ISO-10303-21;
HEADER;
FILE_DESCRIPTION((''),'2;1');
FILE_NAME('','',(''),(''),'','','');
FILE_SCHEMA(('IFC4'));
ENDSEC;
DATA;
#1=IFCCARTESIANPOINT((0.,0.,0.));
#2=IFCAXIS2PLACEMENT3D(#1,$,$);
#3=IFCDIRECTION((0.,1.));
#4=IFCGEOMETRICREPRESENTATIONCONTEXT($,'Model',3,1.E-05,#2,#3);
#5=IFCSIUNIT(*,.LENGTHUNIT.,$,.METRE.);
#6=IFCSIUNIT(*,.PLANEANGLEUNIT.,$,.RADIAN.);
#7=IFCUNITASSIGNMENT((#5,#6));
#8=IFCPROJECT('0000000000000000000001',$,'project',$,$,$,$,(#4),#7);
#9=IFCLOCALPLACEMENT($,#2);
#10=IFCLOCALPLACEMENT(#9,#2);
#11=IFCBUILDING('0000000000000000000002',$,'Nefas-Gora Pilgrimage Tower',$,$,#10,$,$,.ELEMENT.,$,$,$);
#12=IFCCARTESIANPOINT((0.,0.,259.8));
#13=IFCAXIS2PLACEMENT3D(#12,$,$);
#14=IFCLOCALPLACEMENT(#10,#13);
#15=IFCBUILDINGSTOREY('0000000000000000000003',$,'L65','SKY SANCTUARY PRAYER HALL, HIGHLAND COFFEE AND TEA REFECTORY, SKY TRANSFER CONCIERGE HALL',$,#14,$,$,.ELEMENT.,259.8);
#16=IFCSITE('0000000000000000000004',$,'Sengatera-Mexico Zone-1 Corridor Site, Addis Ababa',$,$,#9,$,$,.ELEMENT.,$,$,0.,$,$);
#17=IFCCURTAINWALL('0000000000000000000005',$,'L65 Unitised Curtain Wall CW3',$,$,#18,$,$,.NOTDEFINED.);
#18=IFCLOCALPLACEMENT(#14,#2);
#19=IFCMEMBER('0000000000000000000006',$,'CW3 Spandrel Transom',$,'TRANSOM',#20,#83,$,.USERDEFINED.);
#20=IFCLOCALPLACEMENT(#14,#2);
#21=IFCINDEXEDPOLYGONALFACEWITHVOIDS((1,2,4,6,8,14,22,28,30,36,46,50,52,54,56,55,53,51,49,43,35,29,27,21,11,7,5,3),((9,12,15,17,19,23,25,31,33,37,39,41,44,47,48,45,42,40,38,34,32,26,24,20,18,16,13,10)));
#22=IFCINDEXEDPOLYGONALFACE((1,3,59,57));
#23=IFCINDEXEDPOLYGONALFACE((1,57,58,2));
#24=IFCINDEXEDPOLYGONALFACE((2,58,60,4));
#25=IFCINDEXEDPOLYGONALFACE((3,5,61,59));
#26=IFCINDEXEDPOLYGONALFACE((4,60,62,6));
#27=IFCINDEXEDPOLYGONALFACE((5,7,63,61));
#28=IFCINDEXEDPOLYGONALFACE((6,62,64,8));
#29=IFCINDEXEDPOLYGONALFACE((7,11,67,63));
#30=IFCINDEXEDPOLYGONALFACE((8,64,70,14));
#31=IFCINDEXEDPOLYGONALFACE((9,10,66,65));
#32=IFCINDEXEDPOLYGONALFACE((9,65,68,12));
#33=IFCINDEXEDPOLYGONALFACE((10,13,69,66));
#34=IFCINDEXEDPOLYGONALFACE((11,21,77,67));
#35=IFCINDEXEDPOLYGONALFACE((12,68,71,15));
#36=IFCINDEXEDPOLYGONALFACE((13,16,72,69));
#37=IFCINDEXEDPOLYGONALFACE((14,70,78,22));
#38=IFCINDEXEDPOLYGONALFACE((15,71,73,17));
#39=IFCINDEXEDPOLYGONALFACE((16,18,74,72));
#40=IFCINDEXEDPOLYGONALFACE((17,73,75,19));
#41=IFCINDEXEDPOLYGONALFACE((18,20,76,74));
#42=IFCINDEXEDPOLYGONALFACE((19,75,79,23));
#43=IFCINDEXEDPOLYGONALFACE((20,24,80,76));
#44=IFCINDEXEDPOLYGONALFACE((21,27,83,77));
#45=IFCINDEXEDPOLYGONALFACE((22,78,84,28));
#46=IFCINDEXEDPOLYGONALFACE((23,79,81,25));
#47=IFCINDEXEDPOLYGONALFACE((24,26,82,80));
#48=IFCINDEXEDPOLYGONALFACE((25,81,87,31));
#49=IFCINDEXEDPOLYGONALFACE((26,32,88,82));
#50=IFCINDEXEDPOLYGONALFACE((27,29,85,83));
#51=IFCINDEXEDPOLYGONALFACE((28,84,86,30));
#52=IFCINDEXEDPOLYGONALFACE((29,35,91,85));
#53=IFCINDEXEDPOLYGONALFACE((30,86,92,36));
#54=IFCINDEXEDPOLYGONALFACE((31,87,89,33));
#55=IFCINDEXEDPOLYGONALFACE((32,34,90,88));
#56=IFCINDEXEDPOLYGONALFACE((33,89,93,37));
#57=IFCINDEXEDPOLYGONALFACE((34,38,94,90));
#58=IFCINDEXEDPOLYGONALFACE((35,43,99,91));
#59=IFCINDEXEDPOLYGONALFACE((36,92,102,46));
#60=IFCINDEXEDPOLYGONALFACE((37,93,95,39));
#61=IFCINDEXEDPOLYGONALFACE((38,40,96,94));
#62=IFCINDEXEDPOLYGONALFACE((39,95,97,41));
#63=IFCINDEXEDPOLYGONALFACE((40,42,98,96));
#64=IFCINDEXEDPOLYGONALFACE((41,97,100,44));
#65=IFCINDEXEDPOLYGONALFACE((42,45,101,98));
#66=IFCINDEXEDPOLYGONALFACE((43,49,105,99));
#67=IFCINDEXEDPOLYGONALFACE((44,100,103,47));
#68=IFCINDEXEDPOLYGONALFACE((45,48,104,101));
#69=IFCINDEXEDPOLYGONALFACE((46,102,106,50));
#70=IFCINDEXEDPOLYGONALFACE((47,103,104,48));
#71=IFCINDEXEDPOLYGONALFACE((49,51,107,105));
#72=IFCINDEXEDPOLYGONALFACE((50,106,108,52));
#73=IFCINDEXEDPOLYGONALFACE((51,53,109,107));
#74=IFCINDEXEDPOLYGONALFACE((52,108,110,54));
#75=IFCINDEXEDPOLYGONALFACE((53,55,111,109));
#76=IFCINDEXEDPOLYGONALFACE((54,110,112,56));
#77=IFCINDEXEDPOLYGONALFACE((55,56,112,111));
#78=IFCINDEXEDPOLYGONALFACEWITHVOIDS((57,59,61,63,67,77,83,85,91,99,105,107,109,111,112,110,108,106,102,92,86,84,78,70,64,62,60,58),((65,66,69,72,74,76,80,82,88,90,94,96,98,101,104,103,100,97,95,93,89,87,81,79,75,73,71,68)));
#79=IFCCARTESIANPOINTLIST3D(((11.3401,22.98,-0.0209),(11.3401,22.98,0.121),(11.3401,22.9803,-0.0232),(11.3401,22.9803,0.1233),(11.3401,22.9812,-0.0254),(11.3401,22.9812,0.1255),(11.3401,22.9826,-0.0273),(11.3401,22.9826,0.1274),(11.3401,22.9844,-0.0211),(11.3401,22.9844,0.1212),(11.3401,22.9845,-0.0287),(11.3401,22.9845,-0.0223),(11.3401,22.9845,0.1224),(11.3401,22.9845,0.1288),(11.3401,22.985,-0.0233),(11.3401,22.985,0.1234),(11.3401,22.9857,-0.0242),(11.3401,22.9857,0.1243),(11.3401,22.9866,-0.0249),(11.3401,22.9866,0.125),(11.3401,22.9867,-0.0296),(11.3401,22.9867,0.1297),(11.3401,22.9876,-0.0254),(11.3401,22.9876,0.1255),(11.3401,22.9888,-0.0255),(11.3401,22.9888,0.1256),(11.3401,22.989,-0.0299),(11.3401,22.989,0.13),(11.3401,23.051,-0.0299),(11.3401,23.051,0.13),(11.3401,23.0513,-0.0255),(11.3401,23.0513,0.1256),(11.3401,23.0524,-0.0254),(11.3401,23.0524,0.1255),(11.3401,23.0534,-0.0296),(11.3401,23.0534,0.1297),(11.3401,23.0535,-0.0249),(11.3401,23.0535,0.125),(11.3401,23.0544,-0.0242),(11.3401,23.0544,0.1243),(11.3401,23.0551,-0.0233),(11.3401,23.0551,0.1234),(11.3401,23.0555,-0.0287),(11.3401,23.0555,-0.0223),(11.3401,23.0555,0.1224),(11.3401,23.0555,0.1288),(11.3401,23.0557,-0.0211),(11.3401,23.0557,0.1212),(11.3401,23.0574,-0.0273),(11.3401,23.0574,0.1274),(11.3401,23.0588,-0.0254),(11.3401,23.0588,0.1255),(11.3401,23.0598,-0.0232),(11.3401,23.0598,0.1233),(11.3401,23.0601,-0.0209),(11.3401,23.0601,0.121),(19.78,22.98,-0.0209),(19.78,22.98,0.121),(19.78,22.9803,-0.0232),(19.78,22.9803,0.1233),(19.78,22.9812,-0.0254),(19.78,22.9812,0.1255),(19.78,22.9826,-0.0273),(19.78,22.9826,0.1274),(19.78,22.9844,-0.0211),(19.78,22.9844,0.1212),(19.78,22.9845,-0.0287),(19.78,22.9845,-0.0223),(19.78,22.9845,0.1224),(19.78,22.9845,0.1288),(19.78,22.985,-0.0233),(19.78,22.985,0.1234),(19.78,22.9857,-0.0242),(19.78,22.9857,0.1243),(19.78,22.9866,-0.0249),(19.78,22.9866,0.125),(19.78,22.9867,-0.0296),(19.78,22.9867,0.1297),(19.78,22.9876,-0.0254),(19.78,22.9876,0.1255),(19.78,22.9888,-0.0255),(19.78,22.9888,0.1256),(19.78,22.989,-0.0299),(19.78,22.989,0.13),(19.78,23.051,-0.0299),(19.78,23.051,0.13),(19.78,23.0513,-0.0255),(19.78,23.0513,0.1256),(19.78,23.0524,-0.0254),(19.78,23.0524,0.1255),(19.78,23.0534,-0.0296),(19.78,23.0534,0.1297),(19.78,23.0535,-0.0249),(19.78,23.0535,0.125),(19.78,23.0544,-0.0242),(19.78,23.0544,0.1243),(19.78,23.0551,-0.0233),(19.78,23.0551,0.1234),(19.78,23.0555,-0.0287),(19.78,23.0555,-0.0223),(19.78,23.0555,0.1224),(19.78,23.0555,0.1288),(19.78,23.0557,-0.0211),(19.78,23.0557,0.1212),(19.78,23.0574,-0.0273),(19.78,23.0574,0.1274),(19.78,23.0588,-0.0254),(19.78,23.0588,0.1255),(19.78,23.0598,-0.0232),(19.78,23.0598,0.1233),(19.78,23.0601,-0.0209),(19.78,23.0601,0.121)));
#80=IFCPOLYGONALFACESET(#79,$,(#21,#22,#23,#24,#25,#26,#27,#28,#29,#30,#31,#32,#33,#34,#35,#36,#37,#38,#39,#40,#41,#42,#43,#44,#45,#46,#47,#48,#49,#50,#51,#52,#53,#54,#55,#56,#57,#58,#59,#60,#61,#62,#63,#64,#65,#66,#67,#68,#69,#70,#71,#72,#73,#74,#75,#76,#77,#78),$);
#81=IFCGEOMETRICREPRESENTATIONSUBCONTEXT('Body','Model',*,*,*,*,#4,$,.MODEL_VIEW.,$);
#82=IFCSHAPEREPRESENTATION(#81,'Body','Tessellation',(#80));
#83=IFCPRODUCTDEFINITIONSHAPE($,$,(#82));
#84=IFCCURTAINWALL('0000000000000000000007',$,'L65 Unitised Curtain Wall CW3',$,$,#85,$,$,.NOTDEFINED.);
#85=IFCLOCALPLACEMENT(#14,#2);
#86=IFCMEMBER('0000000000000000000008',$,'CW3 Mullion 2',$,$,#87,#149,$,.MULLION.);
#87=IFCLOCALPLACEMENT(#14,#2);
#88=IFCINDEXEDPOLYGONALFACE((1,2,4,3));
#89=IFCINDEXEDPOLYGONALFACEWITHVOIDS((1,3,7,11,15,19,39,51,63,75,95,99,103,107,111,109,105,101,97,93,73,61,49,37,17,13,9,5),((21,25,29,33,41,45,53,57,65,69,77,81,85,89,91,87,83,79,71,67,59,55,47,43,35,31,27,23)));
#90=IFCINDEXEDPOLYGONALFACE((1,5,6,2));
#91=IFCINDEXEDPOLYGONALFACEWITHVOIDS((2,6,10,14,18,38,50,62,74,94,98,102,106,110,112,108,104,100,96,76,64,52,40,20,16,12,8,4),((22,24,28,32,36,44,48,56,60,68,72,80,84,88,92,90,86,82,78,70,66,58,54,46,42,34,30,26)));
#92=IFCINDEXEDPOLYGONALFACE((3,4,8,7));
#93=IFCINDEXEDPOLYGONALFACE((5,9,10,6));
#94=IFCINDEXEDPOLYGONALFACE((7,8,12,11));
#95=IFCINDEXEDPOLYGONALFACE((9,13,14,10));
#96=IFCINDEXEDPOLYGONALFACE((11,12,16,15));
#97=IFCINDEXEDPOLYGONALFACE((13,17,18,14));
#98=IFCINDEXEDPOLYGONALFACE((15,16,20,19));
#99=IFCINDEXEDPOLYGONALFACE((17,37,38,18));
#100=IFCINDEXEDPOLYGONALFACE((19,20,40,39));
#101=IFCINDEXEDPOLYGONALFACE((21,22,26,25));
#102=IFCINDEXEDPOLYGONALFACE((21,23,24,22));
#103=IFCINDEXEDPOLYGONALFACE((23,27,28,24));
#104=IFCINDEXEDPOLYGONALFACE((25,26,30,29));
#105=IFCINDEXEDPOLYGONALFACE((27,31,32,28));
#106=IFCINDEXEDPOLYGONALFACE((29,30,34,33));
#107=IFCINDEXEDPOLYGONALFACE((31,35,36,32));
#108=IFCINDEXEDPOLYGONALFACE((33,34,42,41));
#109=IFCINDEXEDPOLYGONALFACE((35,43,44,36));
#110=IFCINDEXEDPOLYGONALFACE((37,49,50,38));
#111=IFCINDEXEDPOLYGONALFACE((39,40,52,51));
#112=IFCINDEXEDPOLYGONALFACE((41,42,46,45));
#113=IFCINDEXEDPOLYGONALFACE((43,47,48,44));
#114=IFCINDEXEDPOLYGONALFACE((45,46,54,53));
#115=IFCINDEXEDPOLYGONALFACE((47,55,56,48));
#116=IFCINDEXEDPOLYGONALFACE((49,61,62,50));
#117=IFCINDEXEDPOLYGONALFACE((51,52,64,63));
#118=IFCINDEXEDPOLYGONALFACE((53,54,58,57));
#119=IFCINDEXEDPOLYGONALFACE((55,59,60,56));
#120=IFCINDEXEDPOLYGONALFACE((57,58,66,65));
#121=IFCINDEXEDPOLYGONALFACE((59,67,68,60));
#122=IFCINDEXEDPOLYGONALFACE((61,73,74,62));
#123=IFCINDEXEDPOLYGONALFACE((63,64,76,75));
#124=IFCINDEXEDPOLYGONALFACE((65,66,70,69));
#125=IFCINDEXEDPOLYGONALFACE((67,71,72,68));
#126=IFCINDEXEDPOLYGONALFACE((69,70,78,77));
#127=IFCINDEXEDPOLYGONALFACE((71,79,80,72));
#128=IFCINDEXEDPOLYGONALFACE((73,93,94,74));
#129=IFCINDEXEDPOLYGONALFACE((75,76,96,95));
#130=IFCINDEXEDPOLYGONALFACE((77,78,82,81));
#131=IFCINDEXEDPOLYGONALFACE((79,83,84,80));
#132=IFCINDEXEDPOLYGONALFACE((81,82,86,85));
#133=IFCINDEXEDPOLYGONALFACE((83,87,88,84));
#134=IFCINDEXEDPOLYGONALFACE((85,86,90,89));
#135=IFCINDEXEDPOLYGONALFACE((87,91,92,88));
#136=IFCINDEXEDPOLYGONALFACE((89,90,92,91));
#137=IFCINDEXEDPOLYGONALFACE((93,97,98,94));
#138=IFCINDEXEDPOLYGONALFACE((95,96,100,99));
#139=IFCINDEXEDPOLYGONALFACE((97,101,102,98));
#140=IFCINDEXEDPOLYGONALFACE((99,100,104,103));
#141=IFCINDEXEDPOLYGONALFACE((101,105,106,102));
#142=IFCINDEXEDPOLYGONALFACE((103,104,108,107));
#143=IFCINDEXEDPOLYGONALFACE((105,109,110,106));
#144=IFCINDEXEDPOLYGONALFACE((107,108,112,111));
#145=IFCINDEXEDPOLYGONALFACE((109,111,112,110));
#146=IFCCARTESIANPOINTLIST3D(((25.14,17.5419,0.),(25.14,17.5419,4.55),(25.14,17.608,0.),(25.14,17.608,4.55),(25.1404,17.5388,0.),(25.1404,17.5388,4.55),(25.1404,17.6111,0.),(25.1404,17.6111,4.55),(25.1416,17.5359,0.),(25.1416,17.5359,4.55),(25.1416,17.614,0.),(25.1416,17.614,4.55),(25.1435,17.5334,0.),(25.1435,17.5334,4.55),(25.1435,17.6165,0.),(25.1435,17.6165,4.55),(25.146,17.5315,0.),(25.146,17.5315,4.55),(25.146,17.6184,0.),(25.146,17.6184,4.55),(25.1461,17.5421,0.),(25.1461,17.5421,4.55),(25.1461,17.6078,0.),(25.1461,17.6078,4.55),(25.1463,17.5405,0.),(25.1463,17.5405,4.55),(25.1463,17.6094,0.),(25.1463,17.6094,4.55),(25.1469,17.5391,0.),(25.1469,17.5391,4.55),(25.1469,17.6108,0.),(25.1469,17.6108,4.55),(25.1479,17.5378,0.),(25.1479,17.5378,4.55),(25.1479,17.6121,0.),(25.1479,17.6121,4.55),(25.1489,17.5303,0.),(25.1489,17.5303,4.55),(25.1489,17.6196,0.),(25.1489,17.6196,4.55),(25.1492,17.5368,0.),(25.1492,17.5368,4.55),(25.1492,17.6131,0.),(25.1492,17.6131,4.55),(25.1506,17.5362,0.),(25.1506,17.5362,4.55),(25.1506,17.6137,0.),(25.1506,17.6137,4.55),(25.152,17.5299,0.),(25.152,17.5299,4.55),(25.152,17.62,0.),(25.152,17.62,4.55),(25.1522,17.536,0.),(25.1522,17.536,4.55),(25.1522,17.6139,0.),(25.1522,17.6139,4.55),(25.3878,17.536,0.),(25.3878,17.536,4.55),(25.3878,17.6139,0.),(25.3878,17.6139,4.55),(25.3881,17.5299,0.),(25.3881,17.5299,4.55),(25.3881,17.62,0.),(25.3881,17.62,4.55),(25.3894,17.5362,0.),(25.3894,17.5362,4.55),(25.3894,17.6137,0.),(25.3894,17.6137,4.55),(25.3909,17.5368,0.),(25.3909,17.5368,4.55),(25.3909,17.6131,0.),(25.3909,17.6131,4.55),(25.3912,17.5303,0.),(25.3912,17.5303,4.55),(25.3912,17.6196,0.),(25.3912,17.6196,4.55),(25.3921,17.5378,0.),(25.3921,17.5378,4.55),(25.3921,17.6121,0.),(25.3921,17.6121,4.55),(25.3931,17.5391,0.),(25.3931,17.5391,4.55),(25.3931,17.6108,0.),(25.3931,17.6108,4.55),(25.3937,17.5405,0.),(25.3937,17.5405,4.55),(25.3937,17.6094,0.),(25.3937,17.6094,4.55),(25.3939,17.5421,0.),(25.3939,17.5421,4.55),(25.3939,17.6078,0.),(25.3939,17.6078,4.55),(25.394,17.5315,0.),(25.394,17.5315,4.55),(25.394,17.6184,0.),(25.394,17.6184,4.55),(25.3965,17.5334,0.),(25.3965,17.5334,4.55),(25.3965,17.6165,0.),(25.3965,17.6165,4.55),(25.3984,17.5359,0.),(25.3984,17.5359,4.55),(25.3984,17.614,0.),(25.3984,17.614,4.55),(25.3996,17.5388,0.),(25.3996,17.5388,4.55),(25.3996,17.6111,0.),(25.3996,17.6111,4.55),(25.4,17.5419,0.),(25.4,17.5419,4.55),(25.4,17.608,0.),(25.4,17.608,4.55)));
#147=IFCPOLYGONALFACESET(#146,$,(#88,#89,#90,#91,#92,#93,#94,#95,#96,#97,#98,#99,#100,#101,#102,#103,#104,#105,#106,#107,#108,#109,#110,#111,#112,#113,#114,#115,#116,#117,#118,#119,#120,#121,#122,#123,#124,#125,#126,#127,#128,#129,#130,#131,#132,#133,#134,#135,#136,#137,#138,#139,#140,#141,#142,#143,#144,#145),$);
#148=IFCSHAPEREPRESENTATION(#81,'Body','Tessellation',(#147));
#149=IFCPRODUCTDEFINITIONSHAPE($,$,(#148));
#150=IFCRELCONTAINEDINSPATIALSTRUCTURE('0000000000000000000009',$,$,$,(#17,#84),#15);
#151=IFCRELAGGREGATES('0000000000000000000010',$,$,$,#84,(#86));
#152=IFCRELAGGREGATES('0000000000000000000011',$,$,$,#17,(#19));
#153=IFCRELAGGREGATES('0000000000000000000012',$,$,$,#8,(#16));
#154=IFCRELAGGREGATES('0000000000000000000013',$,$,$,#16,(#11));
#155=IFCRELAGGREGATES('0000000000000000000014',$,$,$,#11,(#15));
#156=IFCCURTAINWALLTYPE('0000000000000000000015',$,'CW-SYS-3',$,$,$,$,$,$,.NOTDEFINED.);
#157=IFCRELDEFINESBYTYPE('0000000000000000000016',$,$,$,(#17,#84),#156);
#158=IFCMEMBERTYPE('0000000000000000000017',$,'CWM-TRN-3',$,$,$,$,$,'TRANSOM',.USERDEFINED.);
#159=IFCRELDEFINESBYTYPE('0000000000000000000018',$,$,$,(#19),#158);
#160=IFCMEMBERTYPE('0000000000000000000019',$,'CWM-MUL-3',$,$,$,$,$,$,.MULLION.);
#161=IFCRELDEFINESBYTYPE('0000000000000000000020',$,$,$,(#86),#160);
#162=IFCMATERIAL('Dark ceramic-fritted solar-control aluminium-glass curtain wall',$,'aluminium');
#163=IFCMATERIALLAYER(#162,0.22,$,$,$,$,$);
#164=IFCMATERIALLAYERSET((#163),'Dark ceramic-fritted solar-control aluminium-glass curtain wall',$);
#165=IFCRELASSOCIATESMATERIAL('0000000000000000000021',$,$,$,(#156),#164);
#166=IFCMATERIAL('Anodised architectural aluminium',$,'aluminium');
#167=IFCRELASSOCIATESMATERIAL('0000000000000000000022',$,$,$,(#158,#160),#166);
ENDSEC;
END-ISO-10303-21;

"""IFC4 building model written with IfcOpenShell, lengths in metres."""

from ifc_helpers import new_model, si_unit, direction, frame, origin, origin_2d, place, context, subcontext, project, spatial, hollow_rectangle, extrude, source, transform, mapped, material, layer, layer_set, material_profile, profile_set, type_object, element, aggregate, save


model = new_model("IFC4")

# Units and contexts
model_context = context("Model", 3, precision=1e-05, world=origin(), true_north=direction((0.0, 1.0)))
body_context = subcontext(model_context, "Body", "Model", "MODEL_VIEW")
ifc_project = project(units=[si_unit("LENGTHUNIT", "METRE"), si_unit("PLANEANGLEUNIT", "RADIAN")], contexts=[model_context])

# Site, building, storey
site_placement = place(None, origin())
site = spatial("IfcSite", under=ifc_project, at=site_placement, Name="Sengatera-Mexico Zone-1 Corridor Site, Addis Ababa", CompositionType="ELEMENT", RefElevation=0.0)
building_placement = place(site_placement, origin())
building = spatial("IfcBuilding", under=site, at=building_placement, Name="Nefas-Gora Pilgrimage Tower", CompositionType="ELEMENT")
storey_placement = place(building_placement, frame((0.0, 0.0, 259.8)))
storey = spatial("IfcBuildingStorey", under=building, at=storey_placement, Name="L65", Description="SKY SANCTUARY PRAYER HALL, HIGHLAND COFFEE AND TEA REFECTORY, SKY TRANSFER CONCIERGE HALL", CompositionType="ELEMENT", Elevation=259.8)

# Curtain walls, members
ifc_material_1 = material(Name="Dark ceramic-fritted solar-control aluminium-glass curtain wall", Category="aluminium")
ifc_layer_1 = layer(ifc_material_1, 0.22)
ifc_layer_set_1 = layer_set([ifc_layer_1], Name="Dark ceramic-fritted solar-control aluminium-glass curtain wall")
curtain_wall_type = type_object("IfcCurtainWallType", Name="CW-SYS-3", PredefinedType="NOTDEFINED", material=ifc_layer_set_1)
curtain_wall_1_placement = place(storey_placement, origin())
curtain_wall_1 = element("IfcCurtainWall", 1, at=curtain_wall_1_placement, inside=storey, type_object=curtain_wall_type, Name="L65 Unitised Curtain Wall CW3", PredefinedType="NOTDEFINED")
ifc_material_2 = material(Name="Anodised architectural aluminium", Category="aluminium")
ifc_material_profile_1 = material_profile(ifc_material_2, hollow_rectangle(XDim=0.0801, YDim=0.1599, WallThickness=0.0044, InnerFilletRadius=0.0044, OuterFilletRadius=0.009, at=origin_2d()), Name="ALU TRANSOM 80x160")
ifc_profile_set_1 = profile_set([ifc_material_profile_1], Name="Anodised architectural aluminium")
member_type_1 = type_object("IfcMemberType", Name="CWM-TRN-3", ElementType="TRANSOM", PredefinedType="USERDEFINED", material=ifc_profile_set_1)
shared_shape_1 = source(origin(), body_context, "Body", "SweptSolid", [
    extrude(hollow_rectangle(XDim=0.0801, YDim=0.1599, WallThickness=0.0044, InnerFilletRadius=0.0044, OuterFilletRadius=0.009, at=origin_2d()), origin(), (0.0, 0.0, 1.0), 8.4399),
])
member_1_placement = place(storey_placement, frame((19.78, 23.02, 0.05), z_axis=(-1.0, 0.0, 0.0), x_axis=(0.0, -1.0, 0.0)))
member_1 = element("IfcMember", 2, at=member_1_placement, type_object=member_type_1, Name="CW3 Spandrel Transom", ObjectType="TRANSOM", PredefinedType="USERDEFINED", context=body_context, shape_type="MappedRepresentation", body=[
    mapped(shared_shape_1, transform((0.0, 0.0, 0.0), x_axis=(1.0, 0.0, 0.0), y_axis=(0.0, 1.0, 0.0), z_axis=(0.0, 0.0, 1.0), scale=1.0)),
])
curtain_wall_2_placement = place(storey_placement, origin())
curtain_wall_2 = element("IfcCurtainWall", 3, at=curtain_wall_2_placement, inside=storey, type_object=curtain_wall_type, Name="L65 Unitised Curtain Wall CW3", PredefinedType="NOTDEFINED")
ifc_material_profile_2 = material_profile(ifc_material_2, hollow_rectangle(XDim=0.0901, YDim=0.26, WallThickness=0.0061, InnerFilletRadius=0.0061, OuterFilletRadius=0.012, at=origin_2d()), Name="ALU MULLION 90x260")
ifc_profile_set_2 = profile_set([ifc_material_profile_2], Name="Anodised architectural aluminium")
member_type_2 = type_object("IfcMemberType", Name="CWM-MUL-3", PredefinedType="MULLION", material=ifc_profile_set_2)
shared_shape_2 = source(origin(), body_context, "Body", "SweptSolid", [
    extrude(hollow_rectangle(XDim=0.0901, YDim=0.26, WallThickness=0.0061, InnerFilletRadius=0.0061, OuterFilletRadius=0.012, at=origin_2d()), origin(), (0.0, 0.0, 1.0), 4.55),
])
member_2_placement = place(storey_placement, frame((25.27, 17.575, 0.0), z_axis=(0.0, 0.0, 1.0), x_axis=(0.0, 1.0, 0.0)))
member_2 = element("IfcMember", 4, at=member_2_placement, type_object=member_type_2, Name="CW3 Mullion 2", PredefinedType="MULLION", context=body_context, shape_type="MappedRepresentation", body=[
    mapped(shared_shape_2, transform((0.0, 0.0, 0.0), x_axis=(1.0, 0.0, 0.0), y_axis=(0.0, 1.0, 0.0), z_axis=(0.0, 0.0, 1.0), scale=1.0)),
])
aggregate(curtain_wall_2, [member_2])

aggregate(curtain_wall_1, [member_1])

save(model, "model.ifc")
